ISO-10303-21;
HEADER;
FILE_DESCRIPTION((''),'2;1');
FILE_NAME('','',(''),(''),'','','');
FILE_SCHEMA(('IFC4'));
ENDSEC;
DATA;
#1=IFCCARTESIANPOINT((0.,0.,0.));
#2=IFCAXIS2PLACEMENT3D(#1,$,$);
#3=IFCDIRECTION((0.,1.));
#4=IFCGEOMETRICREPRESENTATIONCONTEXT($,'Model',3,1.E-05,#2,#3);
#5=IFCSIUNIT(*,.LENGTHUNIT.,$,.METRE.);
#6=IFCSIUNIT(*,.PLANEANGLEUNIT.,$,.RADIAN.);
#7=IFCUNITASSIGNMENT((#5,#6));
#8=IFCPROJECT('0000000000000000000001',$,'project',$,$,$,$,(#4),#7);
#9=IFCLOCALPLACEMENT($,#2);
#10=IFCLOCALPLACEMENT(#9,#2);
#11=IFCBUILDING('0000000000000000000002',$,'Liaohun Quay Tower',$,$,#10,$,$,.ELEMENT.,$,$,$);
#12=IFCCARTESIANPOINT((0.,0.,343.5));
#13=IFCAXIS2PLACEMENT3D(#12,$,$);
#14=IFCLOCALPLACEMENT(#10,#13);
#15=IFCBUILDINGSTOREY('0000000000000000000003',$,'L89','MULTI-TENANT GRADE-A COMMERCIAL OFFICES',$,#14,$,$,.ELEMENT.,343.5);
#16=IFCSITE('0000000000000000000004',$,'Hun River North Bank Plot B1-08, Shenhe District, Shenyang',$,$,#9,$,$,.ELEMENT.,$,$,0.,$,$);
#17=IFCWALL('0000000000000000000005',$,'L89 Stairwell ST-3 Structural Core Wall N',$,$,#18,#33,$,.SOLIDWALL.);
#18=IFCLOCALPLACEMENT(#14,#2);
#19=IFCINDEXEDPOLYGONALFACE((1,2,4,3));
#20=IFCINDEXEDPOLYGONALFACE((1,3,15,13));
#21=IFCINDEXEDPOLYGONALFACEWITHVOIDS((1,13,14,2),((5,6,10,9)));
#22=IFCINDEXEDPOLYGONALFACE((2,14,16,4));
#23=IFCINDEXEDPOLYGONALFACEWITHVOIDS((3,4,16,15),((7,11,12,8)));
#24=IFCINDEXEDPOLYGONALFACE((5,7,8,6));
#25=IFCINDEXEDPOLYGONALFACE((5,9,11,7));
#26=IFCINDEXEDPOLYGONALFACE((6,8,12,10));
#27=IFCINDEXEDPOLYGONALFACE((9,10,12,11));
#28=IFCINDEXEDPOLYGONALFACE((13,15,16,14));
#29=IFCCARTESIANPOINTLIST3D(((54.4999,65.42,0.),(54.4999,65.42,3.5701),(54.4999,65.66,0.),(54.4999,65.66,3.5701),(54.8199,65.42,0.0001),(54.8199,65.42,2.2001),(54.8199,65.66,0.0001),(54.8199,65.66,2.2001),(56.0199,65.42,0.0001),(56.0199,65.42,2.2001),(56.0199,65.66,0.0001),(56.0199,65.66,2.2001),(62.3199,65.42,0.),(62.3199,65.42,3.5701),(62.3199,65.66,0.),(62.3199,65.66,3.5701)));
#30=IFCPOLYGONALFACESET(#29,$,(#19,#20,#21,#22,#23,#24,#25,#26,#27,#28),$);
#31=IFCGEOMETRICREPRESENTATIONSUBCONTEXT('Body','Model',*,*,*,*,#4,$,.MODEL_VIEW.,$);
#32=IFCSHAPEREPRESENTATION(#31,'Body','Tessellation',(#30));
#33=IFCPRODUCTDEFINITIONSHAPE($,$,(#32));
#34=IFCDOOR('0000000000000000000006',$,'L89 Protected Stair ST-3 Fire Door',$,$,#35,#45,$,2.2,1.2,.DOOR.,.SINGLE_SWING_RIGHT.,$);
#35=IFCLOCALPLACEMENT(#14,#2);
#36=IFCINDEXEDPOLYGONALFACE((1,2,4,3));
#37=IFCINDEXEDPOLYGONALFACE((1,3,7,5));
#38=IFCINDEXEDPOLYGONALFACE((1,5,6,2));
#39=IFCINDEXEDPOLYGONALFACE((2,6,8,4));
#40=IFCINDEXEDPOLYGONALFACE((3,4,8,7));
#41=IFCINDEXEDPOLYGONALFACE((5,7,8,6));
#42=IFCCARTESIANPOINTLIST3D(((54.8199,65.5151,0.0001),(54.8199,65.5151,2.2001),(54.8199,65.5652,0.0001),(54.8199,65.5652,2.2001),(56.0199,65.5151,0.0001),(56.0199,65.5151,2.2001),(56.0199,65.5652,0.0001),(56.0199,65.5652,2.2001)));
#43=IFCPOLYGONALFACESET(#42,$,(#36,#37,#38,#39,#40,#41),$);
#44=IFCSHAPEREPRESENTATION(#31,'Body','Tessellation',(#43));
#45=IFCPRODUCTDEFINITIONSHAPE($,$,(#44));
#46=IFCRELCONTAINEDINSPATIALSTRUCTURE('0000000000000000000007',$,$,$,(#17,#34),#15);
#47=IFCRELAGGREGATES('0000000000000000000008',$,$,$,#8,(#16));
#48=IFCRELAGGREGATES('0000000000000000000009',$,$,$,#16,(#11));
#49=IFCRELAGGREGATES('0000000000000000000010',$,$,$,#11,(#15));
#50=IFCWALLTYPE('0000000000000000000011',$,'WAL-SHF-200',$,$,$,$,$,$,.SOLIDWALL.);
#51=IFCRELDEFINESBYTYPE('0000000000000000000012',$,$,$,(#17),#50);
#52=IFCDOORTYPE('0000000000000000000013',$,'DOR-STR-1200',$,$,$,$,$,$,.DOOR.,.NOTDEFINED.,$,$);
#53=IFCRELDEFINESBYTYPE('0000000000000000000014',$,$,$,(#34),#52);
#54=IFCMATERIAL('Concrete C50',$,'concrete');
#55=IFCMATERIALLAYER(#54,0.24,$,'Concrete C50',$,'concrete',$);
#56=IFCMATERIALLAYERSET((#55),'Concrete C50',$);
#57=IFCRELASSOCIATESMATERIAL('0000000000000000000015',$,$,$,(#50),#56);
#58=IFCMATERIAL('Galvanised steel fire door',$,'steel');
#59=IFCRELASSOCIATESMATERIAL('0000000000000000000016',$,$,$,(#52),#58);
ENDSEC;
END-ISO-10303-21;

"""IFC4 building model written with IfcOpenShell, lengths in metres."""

from ifc_helpers import new_model, si_unit, direction, frame, frame_2d, origin, place, context, subcontext, project, spatial, rectangle, extrude, source, transform, mapped, material, layer, layer_set, type_object, element, fill, save


model = new_model("IFC4")

# Units and contexts
model_context = context("Model", 3, precision=1e-05, world=origin(), true_north=direction((0.0, 1.0)))
body_context = subcontext(model_context, "Body", "Model", "MODEL_VIEW")
ifc_project = project(units=[si_unit("LENGTHUNIT", "METRE"), si_unit("PLANEANGLEUNIT", "RADIAN")], contexts=[model_context])

# Site, building, storey
site_placement = place(None, origin())
site = spatial("IfcSite", under=ifc_project, at=site_placement, Name="Hun River North Bank Plot B1-08, Shenhe District, Shenyang", CompositionType="ELEMENT", RefElevation=0.0)
building_placement = place(site_placement, origin())
building = spatial("IfcBuilding", under=site, at=building_placement, Name="Liaohun Quay Tower", CompositionType="ELEMENT")
storey_placement = place(building_placement, frame((0.0, 0.0, 343.5)))
storey = spatial("IfcBuildingStorey", under=building, at=storey_placement, Name="L89", Description="MULTI-TENANT GRADE-A COMMERCIAL OFFICES", CompositionType="ELEMENT", Elevation=343.5)

# Shared definitions
ifc_material_1 = material(Name="Concrete C50", Category="concrete")

# Shared definitions
ifc_layer_1 = layer(ifc_material_1, 0.24, Name="Concrete C50", Category="concrete")
ifc_layer_set_1 = layer_set([ifc_layer_1], Name="Concrete C50")
wall_type_1 = type_object("IfcWallType", Name="WAL-SHF-200", PredefinedType="SOLIDWALL", material=ifc_layer_set_1)

# Wall, opening, door
wall_1_placement = place(storey_placement, frame((62.3201, 65.54, 0.0), z_axis=(0.0, 0.0, 1.0), x_axis=(-1.0, 0.0, 0.0)))
wall_1 = element("IfcWall", 1, at=wall_1_placement, inside=storey, type_object=wall_type_1, Name="L89 Stairwell ST-3 Structural Core Wall N", PredefinedType="SOLIDWALL", context=body_context, shape_type="SweptSolid", body=[
    extrude(rectangle(XDim=7.8201, YDim=0.24, at=frame_2d((3.9102, 0.0))), origin(), (0.0, 0.0, 1.0), 3.5701),
])
shared_shape_1 = source(origin(), body_context, "Body", "SweptSolid", [
    extrude(rectangle(XDim=1.2, YDim=2.2, at=frame_2d((0.6001, 1.1001))), frame((0.0, 0.1299, 0.0), z_axis=(0.0, -1.0, 0.0), x_axis=(1.0, 0.0, 0.0)), (0.0, 0.0, 1.0), 0.26),
])
opening_1_placement = place(wall_1_placement, frame((6.3, 0.0, 0.0)))
opening_1 = element("IfcOpeningElement", 2, at=opening_1_placement, cuts=wall_1, PredefinedType="OPENING", context=body_context, shape_type="MappedRepresentation", body=[
    mapped(shared_shape_1, transform((0.0, 0.0, 0.0), x_axis=(1.0, 0.0, 0.0), y_axis=(0.0, 1.0, 0.0), z_axis=(0.0, 0.0, 1.0), scale=1.0)),
])
ifc_material_2 = material(Name="Galvanised steel fire door", Category="steel")
door_type_1 = type_object("IfcDoorType", Name="DOR-STR-1200", OperationType="NOTDEFINED", PredefinedType="DOOR", material=ifc_material_2)
shared_shape_2 = source(origin(), body_context, "Body", "SweptSolid", [
    extrude(rectangle(XDim=1.2, YDim=2.2, at=frame_2d((0.6001, 1.1001))), frame((0.0, 0.0249, 0.0), z_axis=(0.0, -1.0, 0.0), x_axis=(1.0, 0.0, 0.0)), (0.0, 0.0, 1.0), 0.05),
])
door_1_placement = place(opening_1_placement, origin())
door_1 = element("IfcDoor", 3, at=door_1_placement, inside=storey, type_object=door_type_1, Name="L89 Protected Stair ST-3 Fire Door", OperationType="SINGLE_SWING_RIGHT", OverallHeight=2.2, OverallWidth=1.2, PredefinedType="DOOR", context=body_context, shape_type="MappedRepresentation", body=[
    mapped(shared_shape_2, transform((0.0, 0.0, 0.0), x_axis=(1.0, 0.0, 0.0), y_axis=(0.0, 1.0, 0.0), z_axis=(0.0, 0.0, 1.0), scale=1.0)),
])
fill(opening_1, door_1)

save(model, "model.ifc")
